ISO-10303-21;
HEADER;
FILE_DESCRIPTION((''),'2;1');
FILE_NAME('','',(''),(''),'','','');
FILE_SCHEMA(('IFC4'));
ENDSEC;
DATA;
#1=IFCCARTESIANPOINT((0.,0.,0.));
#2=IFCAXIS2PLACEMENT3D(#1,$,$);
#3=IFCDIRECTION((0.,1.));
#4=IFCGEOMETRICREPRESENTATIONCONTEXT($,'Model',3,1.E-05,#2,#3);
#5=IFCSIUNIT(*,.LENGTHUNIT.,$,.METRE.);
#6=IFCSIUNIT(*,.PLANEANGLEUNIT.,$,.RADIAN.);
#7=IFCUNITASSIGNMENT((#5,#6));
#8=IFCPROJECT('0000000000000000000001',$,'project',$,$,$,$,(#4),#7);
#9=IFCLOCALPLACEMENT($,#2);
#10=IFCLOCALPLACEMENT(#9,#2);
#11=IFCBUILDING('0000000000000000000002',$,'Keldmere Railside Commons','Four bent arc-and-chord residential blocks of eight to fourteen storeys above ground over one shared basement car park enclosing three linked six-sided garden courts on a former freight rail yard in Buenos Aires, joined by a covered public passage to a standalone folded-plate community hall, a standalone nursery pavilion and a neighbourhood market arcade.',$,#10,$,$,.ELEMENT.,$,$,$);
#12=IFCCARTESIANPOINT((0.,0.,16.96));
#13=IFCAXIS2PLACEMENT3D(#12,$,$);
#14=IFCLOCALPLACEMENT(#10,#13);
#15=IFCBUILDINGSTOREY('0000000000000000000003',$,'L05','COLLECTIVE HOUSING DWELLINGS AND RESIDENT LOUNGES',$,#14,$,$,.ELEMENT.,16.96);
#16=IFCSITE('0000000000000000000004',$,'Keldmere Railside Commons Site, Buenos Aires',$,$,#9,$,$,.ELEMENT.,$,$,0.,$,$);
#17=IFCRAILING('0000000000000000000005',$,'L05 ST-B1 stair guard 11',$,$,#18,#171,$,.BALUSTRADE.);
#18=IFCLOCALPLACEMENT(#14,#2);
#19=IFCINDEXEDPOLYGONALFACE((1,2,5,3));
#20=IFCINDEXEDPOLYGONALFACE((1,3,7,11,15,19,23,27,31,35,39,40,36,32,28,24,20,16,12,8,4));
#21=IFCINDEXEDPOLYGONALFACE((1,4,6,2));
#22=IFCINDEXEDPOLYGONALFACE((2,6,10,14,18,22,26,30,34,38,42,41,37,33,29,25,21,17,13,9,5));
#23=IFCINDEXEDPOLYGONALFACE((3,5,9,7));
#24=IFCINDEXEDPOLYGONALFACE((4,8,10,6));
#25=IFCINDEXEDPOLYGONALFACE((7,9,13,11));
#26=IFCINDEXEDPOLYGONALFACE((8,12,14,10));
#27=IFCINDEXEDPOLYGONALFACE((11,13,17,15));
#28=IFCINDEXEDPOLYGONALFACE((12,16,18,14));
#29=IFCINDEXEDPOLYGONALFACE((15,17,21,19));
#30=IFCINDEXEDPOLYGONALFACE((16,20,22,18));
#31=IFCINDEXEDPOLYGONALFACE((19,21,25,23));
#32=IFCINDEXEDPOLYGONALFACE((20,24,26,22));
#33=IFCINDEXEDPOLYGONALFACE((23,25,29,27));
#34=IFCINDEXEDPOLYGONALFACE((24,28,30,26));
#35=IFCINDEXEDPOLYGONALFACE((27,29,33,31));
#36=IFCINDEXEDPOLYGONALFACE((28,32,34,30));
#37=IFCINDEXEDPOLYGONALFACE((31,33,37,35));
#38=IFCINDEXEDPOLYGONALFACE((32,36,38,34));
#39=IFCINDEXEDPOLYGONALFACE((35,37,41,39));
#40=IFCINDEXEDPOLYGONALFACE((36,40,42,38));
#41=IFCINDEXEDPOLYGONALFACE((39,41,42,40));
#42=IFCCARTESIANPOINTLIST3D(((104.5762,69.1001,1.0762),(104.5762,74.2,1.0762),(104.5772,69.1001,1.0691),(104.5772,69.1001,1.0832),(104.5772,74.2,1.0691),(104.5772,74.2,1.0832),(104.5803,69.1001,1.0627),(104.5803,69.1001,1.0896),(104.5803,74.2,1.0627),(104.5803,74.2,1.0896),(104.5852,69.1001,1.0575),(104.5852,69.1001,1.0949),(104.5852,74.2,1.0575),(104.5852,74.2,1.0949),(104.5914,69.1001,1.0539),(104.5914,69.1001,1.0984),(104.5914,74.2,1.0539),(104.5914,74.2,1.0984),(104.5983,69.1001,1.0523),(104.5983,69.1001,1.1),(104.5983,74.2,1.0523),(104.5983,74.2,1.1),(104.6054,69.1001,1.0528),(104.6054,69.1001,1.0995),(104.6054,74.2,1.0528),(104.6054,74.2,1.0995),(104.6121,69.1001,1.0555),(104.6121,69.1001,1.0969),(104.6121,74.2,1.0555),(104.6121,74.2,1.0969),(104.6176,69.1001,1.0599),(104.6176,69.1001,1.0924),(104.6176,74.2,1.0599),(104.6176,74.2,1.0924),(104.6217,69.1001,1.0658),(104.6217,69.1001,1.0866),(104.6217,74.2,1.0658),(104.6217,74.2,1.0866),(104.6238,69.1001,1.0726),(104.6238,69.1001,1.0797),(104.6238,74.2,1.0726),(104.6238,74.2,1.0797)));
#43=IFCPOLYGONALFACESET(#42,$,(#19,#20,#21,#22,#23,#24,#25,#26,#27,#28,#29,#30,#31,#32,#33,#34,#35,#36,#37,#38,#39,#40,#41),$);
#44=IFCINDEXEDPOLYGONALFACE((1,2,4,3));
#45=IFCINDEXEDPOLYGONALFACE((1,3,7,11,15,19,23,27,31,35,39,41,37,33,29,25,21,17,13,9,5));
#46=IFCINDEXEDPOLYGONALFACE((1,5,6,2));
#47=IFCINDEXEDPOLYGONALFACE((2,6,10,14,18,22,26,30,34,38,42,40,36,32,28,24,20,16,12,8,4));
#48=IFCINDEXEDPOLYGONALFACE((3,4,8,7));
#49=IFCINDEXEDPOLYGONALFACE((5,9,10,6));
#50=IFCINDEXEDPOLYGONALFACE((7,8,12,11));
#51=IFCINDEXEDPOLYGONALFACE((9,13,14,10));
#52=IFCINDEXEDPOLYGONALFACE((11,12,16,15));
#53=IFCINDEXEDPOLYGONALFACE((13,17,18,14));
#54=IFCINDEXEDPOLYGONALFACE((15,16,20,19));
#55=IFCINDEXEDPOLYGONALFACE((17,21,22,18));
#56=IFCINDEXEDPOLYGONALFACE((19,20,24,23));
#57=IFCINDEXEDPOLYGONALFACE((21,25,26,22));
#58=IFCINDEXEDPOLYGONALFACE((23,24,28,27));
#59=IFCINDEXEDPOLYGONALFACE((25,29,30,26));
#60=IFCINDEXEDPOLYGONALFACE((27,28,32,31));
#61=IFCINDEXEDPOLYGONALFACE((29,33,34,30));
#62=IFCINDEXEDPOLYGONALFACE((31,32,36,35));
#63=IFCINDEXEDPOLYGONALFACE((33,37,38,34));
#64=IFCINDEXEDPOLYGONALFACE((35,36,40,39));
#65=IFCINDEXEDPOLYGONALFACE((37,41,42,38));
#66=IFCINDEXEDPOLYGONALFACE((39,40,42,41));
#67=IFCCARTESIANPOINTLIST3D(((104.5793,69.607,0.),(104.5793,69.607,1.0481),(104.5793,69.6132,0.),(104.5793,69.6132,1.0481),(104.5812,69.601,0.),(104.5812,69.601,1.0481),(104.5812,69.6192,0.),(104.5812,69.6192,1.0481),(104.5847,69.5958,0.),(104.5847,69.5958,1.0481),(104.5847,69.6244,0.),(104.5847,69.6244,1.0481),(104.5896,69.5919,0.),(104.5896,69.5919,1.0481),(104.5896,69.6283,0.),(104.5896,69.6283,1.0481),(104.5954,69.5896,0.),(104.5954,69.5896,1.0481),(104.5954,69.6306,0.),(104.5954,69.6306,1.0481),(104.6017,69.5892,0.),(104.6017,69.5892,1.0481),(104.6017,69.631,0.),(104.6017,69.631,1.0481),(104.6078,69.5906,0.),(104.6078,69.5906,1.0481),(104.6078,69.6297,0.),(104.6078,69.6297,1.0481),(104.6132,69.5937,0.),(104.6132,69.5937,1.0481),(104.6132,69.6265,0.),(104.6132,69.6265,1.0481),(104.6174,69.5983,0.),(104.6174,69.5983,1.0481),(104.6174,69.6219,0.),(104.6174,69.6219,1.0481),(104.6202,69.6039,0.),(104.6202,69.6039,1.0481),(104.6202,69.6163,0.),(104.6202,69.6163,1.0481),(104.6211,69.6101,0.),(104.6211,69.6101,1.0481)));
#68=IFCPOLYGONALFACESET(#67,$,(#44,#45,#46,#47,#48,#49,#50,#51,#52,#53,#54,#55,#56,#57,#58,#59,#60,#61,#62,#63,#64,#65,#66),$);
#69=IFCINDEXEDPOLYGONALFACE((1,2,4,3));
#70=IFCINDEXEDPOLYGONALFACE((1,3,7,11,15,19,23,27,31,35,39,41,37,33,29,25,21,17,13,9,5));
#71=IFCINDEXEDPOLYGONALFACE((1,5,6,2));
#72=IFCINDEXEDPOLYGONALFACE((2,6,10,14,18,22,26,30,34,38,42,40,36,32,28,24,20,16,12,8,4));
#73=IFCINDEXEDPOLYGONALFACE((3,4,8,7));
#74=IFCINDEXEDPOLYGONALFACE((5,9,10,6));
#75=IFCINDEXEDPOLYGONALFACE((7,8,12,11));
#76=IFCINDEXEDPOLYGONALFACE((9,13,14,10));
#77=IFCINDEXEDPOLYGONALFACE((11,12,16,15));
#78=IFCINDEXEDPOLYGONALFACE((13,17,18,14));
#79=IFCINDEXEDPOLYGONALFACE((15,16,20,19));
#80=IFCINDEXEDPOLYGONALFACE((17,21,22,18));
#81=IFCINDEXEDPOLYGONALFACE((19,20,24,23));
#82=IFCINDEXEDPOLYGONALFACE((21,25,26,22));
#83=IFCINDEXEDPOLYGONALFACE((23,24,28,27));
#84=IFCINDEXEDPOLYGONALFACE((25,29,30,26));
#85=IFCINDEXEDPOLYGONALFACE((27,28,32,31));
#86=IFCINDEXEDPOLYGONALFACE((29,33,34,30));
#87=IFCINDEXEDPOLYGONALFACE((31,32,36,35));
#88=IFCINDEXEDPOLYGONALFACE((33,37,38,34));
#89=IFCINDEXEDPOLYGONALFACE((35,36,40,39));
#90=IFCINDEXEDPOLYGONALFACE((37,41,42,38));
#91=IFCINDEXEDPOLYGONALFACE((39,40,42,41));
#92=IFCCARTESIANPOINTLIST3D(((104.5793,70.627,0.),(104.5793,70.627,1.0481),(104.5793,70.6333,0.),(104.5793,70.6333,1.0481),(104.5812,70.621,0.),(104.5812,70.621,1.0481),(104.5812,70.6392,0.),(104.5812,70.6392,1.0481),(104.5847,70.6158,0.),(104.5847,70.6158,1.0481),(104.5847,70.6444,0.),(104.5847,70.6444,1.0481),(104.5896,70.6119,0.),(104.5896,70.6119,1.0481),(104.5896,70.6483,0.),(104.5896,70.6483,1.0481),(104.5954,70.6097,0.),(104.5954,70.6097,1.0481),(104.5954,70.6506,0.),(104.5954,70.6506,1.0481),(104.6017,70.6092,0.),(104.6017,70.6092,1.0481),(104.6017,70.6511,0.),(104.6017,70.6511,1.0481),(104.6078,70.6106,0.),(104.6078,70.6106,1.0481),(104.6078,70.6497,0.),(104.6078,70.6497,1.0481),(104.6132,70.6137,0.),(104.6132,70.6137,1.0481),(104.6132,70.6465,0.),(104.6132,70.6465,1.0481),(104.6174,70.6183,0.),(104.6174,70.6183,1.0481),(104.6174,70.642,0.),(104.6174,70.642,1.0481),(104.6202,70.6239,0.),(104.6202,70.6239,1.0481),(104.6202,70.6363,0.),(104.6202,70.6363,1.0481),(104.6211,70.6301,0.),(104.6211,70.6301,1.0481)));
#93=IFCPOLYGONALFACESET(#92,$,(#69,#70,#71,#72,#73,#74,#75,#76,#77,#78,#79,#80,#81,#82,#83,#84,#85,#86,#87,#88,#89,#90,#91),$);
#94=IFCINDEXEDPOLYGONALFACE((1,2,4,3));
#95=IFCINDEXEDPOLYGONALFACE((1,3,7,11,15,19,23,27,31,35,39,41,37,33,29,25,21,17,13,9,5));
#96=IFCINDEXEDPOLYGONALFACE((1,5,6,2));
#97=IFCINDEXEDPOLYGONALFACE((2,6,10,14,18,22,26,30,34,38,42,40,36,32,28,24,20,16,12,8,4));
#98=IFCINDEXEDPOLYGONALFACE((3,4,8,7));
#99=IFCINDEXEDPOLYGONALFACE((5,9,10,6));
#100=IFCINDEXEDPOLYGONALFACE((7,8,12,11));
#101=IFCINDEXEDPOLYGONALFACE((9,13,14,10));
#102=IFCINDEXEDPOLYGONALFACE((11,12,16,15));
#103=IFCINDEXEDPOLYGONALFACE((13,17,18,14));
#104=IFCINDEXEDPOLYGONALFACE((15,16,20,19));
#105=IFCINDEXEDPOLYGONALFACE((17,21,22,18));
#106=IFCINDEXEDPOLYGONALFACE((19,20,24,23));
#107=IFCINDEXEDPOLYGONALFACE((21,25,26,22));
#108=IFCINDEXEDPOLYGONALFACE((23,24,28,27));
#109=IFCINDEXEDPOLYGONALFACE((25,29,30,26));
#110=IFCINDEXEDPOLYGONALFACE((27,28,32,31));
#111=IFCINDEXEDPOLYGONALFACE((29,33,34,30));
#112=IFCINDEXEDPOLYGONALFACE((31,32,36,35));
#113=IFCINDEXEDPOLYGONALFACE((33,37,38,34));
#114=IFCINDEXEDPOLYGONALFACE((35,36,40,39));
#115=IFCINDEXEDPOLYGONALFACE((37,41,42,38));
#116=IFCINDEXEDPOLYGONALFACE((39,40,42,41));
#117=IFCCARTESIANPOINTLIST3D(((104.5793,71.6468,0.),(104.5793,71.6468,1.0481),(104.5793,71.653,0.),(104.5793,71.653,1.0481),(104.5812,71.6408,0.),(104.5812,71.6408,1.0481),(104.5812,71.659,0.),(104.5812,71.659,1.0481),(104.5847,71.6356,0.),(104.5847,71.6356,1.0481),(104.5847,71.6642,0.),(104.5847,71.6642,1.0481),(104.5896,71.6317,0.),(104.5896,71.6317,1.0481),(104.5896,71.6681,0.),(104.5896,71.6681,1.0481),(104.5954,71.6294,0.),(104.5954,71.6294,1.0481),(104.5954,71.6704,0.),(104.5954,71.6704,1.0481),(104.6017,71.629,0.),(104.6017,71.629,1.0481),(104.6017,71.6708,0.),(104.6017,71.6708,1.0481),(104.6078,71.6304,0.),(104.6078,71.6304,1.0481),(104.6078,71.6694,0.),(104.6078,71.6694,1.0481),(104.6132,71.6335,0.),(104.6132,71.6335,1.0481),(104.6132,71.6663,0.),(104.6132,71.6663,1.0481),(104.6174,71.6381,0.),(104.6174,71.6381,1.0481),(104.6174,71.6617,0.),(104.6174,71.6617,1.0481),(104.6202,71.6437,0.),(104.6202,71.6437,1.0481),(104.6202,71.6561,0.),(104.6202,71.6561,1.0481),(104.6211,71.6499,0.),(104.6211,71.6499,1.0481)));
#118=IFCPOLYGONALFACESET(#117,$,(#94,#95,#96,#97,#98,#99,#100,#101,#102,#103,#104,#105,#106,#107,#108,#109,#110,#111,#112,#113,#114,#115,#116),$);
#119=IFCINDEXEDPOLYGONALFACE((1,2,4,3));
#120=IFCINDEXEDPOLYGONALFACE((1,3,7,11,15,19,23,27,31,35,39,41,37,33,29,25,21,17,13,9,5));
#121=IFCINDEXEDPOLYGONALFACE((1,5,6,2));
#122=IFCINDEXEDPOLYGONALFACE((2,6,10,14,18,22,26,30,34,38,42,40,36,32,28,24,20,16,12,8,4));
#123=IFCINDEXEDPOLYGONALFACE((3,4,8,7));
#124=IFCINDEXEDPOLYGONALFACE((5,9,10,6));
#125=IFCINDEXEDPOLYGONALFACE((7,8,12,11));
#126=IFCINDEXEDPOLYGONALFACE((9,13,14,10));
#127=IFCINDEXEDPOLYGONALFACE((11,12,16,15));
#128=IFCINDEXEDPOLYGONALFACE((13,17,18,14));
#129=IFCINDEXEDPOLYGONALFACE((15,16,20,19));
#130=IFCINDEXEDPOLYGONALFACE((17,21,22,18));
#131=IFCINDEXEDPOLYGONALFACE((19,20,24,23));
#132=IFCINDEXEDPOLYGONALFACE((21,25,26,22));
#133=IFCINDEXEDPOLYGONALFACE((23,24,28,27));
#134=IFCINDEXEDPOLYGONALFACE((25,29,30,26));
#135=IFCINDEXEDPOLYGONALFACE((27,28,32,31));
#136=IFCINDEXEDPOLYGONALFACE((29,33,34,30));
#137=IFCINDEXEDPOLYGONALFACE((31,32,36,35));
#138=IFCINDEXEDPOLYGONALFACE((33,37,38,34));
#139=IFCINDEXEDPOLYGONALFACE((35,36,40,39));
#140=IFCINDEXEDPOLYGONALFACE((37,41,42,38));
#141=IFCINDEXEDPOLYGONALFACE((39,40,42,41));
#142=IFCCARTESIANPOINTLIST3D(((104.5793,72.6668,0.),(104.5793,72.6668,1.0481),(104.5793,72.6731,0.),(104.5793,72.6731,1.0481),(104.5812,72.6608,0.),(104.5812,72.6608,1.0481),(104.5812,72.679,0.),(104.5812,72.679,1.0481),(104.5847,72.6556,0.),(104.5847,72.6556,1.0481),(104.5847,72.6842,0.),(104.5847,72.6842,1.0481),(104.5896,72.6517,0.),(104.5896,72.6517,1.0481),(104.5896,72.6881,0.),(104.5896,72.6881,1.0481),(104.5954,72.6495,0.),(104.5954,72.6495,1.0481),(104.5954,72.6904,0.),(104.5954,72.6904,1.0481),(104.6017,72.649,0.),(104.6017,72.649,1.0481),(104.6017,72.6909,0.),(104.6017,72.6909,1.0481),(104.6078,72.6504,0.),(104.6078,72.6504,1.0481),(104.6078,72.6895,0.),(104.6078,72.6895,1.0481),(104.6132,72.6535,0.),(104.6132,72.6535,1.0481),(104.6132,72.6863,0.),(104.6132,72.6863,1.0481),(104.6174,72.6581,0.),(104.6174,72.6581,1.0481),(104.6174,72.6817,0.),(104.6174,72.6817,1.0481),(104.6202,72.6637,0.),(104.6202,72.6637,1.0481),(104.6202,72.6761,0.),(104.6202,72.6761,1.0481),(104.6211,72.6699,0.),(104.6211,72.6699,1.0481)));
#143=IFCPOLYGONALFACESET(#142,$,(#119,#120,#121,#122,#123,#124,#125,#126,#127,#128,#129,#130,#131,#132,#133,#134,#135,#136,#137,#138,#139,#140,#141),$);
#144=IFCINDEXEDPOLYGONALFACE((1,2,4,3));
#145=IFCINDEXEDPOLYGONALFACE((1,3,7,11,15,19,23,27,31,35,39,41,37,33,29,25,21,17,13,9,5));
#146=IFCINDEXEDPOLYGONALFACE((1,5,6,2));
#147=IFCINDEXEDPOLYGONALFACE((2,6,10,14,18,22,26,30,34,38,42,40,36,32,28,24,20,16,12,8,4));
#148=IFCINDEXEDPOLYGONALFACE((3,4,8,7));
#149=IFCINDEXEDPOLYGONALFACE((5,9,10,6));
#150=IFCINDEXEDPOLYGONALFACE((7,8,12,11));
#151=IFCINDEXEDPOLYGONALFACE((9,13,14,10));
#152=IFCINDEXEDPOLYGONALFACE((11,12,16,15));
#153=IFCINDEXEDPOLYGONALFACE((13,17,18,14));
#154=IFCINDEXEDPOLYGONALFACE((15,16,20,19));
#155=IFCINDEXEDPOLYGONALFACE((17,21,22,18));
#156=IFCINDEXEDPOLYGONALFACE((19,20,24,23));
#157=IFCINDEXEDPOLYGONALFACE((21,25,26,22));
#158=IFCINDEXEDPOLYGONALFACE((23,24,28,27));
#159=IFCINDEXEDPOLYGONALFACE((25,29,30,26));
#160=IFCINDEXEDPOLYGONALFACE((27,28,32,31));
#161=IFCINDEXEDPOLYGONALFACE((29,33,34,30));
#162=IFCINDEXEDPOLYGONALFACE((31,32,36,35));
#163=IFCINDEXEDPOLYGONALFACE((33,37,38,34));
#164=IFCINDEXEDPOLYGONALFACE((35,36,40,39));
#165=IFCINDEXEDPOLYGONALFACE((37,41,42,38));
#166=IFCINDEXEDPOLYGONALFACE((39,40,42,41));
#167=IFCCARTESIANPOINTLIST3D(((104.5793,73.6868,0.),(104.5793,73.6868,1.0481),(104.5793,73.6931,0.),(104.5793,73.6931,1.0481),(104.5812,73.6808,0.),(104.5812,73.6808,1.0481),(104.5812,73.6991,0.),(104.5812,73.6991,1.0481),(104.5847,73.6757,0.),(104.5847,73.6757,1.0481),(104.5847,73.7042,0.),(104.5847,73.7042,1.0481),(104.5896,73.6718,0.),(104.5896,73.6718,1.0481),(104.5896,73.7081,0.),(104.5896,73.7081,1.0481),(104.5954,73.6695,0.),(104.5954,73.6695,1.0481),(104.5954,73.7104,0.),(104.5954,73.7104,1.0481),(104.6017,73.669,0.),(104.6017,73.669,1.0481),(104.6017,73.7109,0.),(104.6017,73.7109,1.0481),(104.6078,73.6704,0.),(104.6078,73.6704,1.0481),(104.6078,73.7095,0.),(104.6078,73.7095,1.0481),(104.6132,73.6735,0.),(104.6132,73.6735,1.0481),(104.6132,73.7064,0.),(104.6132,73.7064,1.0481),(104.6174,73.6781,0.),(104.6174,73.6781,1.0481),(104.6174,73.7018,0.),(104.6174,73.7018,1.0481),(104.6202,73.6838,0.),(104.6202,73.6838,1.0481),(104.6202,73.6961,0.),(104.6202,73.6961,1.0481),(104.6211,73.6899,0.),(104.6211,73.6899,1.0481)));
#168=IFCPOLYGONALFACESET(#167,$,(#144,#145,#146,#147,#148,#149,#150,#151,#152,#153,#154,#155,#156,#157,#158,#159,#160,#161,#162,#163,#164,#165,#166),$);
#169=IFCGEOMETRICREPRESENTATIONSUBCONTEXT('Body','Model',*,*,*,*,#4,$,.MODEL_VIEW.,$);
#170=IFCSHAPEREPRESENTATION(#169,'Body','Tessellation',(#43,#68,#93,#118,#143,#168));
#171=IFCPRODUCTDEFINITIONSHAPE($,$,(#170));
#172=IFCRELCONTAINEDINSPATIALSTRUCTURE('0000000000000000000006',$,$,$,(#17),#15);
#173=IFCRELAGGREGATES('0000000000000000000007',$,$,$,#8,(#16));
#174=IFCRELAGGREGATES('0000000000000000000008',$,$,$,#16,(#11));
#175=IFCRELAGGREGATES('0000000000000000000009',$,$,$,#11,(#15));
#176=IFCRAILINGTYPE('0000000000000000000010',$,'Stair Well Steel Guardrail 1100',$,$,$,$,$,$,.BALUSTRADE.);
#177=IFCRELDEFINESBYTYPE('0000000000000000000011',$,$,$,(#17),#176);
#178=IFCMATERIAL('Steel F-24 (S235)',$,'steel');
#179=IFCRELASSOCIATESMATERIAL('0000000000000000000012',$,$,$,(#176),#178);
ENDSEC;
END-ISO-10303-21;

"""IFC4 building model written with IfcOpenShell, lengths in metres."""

from ifc_helpers import new_model, si_unit, direction, frame, origin, origin_2d, place, context, subcontext, project, spatial, circle, extrude, material, type_object, element, save


model = new_model("IFC4")

# Units and contexts
model_context = context("Model", 3, precision=1e-05, world=origin(), true_north=direction((0.0, 1.0)))
body_context = subcontext(model_context, "Body", "Model", "MODEL_VIEW")
ifc_project = project(units=[si_unit("LENGTHUNIT", "METRE"), si_unit("PLANEANGLEUNIT", "RADIAN")], contexts=[model_context])

# Site, building, storey
site_placement = place(None, origin())
site = spatial("IfcSite", under=ifc_project, at=site_placement, Name="Keldmere Railside Commons Site, Buenos Aires", CompositionType="ELEMENT", RefElevation=0.0)
building_placement = place(site_placement, origin())
building = spatial("IfcBuilding", under=site, at=building_placement, Name="Keldmere Railside Commons", Description="Four bent arc-and-chord residential blocks of eight to fourteen storeys above ground over one shared basement car park enclosing three linked six-sided garden courts on a former freight rail yard in Buenos Aires, joined by a covered public passage to a standalone folded-plate community hall, a standalone nursery pavilion and a neighbourhood market arcade.", CompositionType="ELEMENT")
storey_placement = place(building_placement, frame((0.0, 0.0, 16.96)))
storey = spatial("IfcBuildingStorey", under=building, at=storey_placement, Name="L05", Description="COLLECTIVE HOUSING DWELLINGS AND RESIDENT LOUNGES", CompositionType="ELEMENT", Elevation=16.96)

# Shared definitions
ifc_material_1 = material(Name="Steel F-24 (S235)", Category="steel")

# Railing
railing_type_1 = type_object("IfcRailingType", Name="Stair Well Steel Guardrail 1100", PredefinedType="BALUSTRADE", material=ifc_material_1)
railing_1_placement = place(storey_placement, frame((104.6001, 69.1001, 0.0)))
element("IfcRailing", 1, at=railing_1_placement, inside=storey, type_object=railing_type_1, Name="L05 ST-B1 stair guard 11", PredefinedType="BALUSTRADE", context=body_context, shape_type="SweptSolid", body=[
    extrude(circle(Radius=0.0239, at=origin_2d()), frame((0.0, 0.0, 1.0762), z_axis=(0.0, 1.0, 0.0), x_axis=(-1.0, 0.0, 0.0)), (0.0, 0.0, 1.0), 5.0999),
    extrude(circle(Radius=0.021, at=origin_2d()), frame((0.0, 0.51, 0.0)), (0.0, 0.0, 1.0), 1.0481),
    extrude(circle(Radius=0.021, at=origin_2d()), frame((0.0, 1.53, 0.0)), (0.0, 0.0, 1.0), 1.0481),
    extrude(circle(Radius=0.021, at=origin_2d()), frame((0.0, 2.5498, 0.0)), (0.0, 0.0, 1.0), 1.0481),
    extrude(circle(Radius=0.021, at=origin_2d()), frame((0.0, 3.5698, 0.0)), (0.0, 0.0, 1.0), 1.0481),
    extrude(circle(Radius=0.021, at=origin_2d()), frame((0.0, 4.5898, 0.0)), (0.0, 0.0, 1.0), 1.0481),
])

save(model, "model.ifc")
